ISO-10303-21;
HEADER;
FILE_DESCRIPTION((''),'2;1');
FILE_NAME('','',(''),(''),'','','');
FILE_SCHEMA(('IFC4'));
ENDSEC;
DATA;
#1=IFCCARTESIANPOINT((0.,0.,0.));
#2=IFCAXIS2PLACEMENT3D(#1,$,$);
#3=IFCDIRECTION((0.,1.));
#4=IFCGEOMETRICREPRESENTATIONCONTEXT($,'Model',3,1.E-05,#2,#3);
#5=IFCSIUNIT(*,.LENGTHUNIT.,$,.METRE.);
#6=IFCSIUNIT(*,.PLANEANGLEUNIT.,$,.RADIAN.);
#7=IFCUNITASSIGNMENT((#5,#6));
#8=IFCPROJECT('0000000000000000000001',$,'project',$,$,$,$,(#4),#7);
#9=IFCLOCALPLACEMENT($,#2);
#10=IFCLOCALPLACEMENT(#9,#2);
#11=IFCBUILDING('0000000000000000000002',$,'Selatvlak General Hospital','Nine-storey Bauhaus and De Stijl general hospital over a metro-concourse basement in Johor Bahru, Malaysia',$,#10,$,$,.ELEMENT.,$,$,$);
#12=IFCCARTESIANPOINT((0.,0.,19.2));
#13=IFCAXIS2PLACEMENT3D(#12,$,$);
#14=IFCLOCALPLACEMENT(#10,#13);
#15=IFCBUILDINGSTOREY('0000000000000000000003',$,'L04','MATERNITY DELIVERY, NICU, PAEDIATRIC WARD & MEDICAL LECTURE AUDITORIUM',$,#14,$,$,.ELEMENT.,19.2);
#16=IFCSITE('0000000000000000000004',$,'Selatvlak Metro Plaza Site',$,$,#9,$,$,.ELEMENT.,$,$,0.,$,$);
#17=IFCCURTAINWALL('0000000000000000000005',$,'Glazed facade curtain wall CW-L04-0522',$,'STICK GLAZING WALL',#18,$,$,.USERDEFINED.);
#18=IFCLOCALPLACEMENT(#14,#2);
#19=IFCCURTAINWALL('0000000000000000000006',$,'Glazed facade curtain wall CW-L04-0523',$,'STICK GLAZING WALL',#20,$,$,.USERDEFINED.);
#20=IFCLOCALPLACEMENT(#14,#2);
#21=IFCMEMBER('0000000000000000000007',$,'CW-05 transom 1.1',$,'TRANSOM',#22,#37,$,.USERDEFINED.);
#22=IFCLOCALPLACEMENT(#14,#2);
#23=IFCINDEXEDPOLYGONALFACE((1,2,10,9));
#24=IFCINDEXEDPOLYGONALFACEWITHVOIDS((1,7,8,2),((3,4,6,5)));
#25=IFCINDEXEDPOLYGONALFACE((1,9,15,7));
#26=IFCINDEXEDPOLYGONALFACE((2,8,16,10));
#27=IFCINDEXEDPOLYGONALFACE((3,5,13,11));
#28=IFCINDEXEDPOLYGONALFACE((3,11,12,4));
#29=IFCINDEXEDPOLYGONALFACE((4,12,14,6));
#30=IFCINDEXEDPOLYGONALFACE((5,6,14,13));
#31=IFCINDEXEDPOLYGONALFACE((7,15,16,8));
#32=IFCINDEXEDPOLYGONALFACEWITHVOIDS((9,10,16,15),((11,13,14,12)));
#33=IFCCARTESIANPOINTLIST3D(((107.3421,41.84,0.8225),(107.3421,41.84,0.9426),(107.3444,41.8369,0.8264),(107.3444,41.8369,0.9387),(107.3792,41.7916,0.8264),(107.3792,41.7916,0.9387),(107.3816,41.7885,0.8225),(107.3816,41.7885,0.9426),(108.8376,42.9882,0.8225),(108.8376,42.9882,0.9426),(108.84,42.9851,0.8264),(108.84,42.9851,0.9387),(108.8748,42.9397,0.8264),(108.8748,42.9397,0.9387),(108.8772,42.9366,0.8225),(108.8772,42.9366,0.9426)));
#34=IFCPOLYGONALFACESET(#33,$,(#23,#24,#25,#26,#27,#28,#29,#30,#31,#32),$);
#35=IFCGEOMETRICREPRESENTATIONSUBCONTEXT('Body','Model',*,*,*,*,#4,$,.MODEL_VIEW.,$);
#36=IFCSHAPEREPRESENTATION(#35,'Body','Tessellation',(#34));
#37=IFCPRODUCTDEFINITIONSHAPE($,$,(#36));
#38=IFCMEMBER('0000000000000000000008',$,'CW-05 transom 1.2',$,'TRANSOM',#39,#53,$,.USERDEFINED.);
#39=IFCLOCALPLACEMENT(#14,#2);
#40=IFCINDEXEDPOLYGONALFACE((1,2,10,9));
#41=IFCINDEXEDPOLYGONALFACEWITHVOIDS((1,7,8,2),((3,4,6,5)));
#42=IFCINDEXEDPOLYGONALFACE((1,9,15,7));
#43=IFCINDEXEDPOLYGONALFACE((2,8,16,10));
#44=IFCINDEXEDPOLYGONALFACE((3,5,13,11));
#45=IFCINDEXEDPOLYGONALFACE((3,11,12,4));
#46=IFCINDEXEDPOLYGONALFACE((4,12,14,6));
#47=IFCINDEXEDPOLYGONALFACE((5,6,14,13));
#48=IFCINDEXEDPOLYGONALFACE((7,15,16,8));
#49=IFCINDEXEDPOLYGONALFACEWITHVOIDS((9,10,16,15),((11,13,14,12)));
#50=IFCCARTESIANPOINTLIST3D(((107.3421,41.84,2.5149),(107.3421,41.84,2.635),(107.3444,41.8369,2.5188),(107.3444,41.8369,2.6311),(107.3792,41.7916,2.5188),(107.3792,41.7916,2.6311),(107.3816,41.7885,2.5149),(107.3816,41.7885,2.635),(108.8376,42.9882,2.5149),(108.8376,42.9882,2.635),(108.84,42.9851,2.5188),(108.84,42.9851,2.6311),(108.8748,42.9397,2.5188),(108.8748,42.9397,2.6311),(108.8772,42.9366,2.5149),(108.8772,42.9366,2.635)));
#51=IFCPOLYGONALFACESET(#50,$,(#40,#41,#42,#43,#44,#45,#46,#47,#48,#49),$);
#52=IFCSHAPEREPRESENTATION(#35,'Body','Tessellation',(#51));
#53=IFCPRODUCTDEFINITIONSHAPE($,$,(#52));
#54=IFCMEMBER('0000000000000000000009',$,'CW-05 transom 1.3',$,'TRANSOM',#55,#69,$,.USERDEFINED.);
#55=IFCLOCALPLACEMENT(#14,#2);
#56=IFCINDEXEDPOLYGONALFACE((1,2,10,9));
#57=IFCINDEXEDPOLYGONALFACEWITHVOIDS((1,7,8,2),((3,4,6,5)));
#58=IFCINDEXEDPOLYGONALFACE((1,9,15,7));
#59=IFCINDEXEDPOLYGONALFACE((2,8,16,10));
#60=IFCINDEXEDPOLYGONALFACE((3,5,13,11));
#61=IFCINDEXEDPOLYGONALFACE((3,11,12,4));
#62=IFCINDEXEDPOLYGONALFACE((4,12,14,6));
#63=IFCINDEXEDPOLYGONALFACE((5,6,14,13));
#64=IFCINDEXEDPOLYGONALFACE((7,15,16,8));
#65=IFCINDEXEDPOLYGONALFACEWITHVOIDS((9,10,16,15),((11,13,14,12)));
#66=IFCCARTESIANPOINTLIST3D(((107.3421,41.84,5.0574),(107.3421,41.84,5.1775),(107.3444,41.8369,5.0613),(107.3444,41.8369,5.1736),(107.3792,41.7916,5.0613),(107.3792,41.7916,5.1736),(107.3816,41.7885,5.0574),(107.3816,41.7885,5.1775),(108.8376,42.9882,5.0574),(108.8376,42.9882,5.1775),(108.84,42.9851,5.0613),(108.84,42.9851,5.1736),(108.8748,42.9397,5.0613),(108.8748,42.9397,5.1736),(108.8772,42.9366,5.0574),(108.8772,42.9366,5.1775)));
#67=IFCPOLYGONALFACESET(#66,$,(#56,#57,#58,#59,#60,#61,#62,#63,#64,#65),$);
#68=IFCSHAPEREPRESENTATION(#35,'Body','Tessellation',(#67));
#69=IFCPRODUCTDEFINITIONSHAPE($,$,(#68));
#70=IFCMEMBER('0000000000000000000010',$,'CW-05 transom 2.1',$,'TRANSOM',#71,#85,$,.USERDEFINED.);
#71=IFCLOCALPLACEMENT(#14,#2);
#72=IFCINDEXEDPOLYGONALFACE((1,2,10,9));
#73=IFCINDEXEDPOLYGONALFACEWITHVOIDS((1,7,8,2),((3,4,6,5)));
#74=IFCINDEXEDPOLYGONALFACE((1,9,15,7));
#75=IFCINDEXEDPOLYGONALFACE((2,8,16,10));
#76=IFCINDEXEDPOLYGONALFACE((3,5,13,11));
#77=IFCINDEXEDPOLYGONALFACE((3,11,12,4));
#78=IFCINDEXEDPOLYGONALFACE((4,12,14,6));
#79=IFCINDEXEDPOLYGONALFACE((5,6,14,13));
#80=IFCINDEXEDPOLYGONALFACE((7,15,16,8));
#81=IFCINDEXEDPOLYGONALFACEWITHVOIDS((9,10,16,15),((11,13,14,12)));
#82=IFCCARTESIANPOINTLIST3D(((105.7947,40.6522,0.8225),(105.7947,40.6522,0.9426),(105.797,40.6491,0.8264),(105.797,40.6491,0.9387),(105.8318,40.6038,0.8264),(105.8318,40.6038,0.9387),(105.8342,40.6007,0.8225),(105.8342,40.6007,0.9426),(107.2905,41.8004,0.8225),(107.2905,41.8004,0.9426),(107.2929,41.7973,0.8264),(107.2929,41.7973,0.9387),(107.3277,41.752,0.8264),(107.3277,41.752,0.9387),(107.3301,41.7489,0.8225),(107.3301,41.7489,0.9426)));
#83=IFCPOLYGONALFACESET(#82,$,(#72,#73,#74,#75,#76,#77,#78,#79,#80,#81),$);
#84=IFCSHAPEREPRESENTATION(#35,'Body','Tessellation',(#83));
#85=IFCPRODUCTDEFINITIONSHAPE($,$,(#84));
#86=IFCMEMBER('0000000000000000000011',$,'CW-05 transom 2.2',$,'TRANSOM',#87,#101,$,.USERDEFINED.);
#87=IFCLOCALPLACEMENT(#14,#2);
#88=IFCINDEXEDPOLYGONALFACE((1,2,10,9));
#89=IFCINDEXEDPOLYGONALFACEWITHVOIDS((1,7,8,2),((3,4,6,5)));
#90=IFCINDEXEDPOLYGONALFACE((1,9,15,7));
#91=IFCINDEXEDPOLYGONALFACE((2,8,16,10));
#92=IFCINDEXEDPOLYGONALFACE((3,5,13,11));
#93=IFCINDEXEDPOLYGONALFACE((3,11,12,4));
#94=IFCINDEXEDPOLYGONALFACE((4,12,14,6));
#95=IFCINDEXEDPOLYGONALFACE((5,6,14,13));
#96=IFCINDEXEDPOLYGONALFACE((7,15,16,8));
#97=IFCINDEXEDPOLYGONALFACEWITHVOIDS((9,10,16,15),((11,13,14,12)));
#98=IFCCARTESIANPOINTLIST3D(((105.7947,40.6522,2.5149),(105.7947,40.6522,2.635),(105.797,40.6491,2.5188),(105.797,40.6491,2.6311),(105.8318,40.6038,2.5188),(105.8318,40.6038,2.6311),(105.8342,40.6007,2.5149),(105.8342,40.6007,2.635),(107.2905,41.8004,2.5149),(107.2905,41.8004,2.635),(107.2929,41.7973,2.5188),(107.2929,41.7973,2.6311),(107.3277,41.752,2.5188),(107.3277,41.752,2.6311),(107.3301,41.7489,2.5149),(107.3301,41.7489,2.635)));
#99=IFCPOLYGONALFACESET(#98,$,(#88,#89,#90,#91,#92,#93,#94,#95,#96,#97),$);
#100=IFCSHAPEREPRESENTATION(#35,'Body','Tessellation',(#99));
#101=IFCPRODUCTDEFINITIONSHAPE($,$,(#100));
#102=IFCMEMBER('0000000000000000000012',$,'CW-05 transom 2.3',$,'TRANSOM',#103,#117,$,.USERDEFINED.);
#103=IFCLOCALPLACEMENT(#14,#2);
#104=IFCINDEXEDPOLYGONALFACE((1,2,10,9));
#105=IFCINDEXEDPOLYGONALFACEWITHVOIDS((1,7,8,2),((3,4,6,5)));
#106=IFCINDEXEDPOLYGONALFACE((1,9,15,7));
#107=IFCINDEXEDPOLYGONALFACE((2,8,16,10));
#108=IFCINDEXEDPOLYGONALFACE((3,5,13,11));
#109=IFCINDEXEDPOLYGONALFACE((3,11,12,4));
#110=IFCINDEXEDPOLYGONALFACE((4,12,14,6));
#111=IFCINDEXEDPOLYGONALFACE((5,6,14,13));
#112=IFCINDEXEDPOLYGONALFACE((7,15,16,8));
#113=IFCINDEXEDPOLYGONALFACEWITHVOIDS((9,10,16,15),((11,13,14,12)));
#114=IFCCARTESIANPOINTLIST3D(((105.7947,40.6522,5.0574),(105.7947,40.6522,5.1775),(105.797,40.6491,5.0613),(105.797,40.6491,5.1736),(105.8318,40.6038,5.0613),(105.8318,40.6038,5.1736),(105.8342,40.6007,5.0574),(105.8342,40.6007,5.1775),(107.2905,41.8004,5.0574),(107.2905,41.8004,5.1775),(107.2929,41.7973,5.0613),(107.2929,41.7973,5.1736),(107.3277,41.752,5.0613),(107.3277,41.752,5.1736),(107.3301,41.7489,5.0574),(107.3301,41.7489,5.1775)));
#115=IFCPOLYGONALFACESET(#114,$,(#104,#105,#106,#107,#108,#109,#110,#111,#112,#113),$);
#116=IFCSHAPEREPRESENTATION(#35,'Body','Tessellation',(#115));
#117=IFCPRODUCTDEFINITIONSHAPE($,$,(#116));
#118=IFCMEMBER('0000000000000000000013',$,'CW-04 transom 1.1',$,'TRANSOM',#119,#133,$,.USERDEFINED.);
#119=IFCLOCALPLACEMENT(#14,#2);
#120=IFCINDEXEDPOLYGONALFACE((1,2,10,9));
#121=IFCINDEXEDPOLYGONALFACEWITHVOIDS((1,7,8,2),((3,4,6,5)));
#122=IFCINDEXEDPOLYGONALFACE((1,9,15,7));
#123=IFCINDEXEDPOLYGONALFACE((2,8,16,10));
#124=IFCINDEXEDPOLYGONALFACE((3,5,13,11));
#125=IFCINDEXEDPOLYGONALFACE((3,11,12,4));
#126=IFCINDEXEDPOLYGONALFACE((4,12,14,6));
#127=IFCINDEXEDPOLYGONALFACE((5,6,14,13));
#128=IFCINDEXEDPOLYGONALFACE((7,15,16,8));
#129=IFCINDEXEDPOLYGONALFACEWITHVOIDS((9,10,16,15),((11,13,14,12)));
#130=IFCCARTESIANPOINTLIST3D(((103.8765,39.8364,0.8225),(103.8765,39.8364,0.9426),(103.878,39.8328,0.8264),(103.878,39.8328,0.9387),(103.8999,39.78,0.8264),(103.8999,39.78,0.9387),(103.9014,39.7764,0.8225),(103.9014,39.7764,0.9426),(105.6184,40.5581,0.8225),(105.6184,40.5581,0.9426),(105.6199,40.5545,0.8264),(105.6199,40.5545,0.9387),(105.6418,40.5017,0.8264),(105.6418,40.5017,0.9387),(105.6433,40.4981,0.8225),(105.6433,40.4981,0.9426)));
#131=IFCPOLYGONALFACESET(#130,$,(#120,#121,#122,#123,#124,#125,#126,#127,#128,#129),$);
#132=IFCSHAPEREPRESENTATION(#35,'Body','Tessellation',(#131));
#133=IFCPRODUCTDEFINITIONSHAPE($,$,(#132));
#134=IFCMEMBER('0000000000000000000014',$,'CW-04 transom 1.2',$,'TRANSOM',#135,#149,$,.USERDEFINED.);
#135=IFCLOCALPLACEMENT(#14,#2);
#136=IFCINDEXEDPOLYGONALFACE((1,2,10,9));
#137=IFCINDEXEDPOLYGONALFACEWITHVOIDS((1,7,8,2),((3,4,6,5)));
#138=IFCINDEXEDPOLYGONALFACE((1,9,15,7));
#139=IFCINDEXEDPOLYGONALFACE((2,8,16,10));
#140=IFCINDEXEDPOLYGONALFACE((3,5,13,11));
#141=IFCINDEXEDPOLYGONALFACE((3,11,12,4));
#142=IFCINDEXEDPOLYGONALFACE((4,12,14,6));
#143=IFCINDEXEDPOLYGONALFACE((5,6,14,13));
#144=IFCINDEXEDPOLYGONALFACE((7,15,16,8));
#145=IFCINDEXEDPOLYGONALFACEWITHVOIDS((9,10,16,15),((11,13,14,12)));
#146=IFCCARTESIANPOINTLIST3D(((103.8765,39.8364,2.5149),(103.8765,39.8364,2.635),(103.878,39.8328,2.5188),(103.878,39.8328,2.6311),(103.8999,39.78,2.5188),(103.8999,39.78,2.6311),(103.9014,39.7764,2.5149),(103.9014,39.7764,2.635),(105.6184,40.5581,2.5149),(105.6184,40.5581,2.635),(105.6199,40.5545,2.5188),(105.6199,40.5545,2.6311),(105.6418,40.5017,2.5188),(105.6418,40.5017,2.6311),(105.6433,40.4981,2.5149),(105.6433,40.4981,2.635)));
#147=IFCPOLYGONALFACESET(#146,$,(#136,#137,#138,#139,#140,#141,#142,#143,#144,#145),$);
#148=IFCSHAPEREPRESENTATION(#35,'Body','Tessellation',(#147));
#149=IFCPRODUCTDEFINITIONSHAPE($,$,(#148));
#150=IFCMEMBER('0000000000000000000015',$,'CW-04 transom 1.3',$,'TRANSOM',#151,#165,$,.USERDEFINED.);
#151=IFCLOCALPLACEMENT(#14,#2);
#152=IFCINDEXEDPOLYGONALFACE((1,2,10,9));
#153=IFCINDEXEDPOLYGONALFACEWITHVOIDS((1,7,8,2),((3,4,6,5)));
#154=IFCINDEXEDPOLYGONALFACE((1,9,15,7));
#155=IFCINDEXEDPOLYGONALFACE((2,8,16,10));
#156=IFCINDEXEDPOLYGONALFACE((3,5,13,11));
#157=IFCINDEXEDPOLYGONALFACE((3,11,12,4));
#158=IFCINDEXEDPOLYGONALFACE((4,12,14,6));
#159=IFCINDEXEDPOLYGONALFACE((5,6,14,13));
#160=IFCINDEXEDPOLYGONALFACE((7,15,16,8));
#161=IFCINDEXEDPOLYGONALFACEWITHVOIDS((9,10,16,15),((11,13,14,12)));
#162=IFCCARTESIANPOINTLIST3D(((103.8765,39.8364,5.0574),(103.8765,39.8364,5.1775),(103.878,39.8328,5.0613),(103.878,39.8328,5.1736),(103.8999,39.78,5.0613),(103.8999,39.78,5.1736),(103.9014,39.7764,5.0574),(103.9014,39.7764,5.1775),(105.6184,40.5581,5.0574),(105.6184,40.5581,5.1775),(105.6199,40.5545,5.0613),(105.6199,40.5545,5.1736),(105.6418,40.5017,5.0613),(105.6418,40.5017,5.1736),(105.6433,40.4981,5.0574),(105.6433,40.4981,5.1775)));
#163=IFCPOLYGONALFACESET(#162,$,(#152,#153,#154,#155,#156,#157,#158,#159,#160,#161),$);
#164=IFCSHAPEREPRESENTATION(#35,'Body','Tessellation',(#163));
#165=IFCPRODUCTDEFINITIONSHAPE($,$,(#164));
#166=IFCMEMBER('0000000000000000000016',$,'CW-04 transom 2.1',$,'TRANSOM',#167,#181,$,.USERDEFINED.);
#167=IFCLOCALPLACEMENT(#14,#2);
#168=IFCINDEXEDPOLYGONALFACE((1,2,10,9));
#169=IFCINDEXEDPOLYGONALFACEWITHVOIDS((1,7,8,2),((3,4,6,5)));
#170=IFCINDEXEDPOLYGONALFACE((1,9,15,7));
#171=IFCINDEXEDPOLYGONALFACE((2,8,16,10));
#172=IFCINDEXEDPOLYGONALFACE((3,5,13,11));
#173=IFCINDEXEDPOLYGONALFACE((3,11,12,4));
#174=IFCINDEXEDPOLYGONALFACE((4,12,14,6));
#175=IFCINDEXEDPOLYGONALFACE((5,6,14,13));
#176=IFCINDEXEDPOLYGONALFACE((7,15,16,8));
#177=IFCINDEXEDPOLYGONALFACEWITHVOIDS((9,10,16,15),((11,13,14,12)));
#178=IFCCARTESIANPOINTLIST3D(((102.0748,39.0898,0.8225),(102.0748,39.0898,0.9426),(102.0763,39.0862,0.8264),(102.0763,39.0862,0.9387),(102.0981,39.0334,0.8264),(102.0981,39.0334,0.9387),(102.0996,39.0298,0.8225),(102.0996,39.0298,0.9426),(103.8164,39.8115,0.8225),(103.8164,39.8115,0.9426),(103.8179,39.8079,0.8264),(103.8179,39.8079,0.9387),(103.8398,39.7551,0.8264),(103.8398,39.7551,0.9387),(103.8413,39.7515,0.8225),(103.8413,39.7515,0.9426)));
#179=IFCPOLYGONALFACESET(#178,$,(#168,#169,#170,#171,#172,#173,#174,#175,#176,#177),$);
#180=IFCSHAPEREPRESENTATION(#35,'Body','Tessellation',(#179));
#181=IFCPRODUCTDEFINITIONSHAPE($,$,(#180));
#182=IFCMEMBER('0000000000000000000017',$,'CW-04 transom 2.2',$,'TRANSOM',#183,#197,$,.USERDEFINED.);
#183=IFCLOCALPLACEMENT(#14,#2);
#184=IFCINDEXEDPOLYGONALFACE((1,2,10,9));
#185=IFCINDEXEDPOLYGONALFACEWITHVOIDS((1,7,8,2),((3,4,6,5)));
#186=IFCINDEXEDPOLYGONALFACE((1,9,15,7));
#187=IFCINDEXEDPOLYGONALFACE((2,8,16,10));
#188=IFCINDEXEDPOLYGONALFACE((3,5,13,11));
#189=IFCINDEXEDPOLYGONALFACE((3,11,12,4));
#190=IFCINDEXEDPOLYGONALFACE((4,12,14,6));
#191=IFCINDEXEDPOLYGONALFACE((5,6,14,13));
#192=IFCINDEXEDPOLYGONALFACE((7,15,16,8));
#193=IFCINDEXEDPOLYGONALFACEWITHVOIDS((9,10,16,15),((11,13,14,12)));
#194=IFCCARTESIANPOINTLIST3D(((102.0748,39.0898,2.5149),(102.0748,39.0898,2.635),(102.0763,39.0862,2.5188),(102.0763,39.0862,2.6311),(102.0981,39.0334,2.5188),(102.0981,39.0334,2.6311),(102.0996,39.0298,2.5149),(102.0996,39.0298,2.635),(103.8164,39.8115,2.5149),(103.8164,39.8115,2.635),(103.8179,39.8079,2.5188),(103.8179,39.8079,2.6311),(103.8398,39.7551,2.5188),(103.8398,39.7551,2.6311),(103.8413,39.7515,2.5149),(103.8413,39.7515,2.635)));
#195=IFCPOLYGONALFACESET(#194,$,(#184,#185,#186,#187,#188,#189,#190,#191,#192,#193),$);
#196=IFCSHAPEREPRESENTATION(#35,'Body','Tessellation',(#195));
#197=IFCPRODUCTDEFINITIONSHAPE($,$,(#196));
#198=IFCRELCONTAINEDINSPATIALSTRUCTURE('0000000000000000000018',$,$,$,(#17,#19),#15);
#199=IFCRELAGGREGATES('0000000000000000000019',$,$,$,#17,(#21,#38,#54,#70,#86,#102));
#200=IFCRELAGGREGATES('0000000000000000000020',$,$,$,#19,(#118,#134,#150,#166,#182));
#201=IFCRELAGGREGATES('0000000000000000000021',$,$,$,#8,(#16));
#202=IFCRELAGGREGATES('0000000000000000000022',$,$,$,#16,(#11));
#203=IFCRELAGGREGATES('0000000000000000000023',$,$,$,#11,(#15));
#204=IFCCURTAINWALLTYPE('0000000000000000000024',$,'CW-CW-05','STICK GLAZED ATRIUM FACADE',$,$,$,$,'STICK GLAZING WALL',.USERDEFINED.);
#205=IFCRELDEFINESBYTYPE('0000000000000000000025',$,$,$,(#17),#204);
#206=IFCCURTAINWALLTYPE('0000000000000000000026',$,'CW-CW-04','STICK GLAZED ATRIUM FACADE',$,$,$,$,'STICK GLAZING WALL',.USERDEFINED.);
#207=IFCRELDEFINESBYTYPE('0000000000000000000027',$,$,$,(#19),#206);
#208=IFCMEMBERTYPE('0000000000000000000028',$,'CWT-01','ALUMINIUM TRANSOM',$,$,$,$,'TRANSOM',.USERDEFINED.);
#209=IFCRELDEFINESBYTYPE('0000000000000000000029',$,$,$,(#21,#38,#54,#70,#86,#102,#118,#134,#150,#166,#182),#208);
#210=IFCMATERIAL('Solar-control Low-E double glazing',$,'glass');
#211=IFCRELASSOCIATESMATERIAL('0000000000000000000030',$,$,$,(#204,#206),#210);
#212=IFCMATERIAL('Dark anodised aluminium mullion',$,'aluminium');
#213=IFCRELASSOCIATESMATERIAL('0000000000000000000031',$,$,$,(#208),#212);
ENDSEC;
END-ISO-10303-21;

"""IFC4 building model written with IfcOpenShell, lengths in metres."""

from ifc_helpers import new_model, si_unit, direction, frame, origin, origin_2d, place, context, subcontext, project, spatial, hollow_rectangle, extrude, material, material_profile, profile_set, type_object, element, aggregate, save


model = new_model("IFC4")

# Units and contexts
model_context = context("Model", 3, precision=1e-05, world=origin(), true_north=direction((0.0, 1.0)))
body_context = subcontext(model_context, "Body", "Model", "MODEL_VIEW")
ifc_project = project(units=[si_unit("LENGTHUNIT", "METRE"), si_unit("PLANEANGLEUNIT", "RADIAN")], contexts=[model_context])

# Site, building, storey
site_placement = place(None, origin())
site = spatial("IfcSite", under=ifc_project, at=site_placement, Name="Selatvlak Metro Plaza Site", CompositionType="ELEMENT", RefElevation=0.0)
building_placement = place(site_placement, origin())
building = spatial("IfcBuilding", under=site, at=building_placement, Name="Selatvlak General Hospital", Description="Nine-storey Bauhaus and De Stijl general hospital over a metro-concourse basement in Johor Bahru, Malaysia", CompositionType="ELEMENT")
storey_placement = place(building_placement, frame((0.0, 0.0, 19.2)))
storey = spatial("IfcBuildingStorey", under=building, at=storey_placement, Name="L04", Description="MATERNITY DELIVERY, NICU, PAEDIATRIC WARD & MEDICAL LECTURE AUDITORIUM", CompositionType="ELEMENT", Elevation=19.2)

# Curtain walls
ifc_material_1 = material(Name="Solar-control Low-E double glazing", Category="glass")
curtain_wall_type_1 = type_object("IfcCurtainWallType", Name="CW-CW-05", Description="STICK GLAZED ATRIUM FACADE", ElementType="STICK GLAZING WALL", PredefinedType="USERDEFINED", material=ifc_material_1)
curtain_wall_1_placement = place(storey_placement, origin())
curtain_wall_1 = element("IfcCurtainWall", 1, at=curtain_wall_1_placement, inside=storey, type_object=curtain_wall_type_1, Name="Glazed facade curtain wall CW-L04-0522", ObjectType="STICK GLAZING WALL", PredefinedType="USERDEFINED")
ifc_material_2 = material(Name="Dark anodised aluminium mullion", Category="aluminium")
curtain_wall_type_2 = type_object("IfcCurtainWallType", Name="CW-CW-04", Description="STICK GLAZED ATRIUM FACADE", ElementType="STICK GLAZING WALL", PredefinedType="USERDEFINED", material=ifc_material_1)
curtain_wall_2_placement = place(storey_placement, origin())
curtain_wall_2 = element("IfcCurtainWall", 2, at=curtain_wall_2_placement, inside=storey, type_object=curtain_wall_type_2, Name="Glazed facade curtain wall CW-L04-0523", ObjectType="STICK GLAZING WALL", PredefinedType="USERDEFINED")

# Members
ifc_material_profile_1 = material_profile(ifc_material_2, hollow_rectangle(XDim=0.0649, YDim=0.1201, WallThickness=0.0039, at=origin_2d()), Name="AL-TRN 65x120x4")
ifc_profile_set_1 = profile_set([ifc_material_profile_1], Name="Dark anodised aluminium mullion")
member_type_1 = type_object("IfcMemberType", Name="CWT-01", Description="ALUMINIUM TRANSOM", ElementType="TRANSOM", PredefinedType="USERDEFINED", material=ifc_profile_set_1)
member_1_placement = place(storey_placement, frame((108.8574, 42.9624, 0.8826), z_axis=(-0.793206, -0.608953, 0.0), x_axis=(0.608953, -0.793206, 0.0)))
member_1 = element("IfcMember", 3, at=member_1_placement, type_object=member_type_1, Name="CW-05 transom 1.1", ObjectType="TRANSOM", PredefinedType="USERDEFINED", context=body_context, shape_type="SweptSolid", body=[
    extrude(hollow_rectangle(XDim=0.0649, YDim=0.1201, WallThickness=0.0039, at=origin_2d()), origin(), (0.0, 0.0, 1.0), 1.8855),
])
member_2_placement = place(storey_placement, frame((108.8574, 42.9624, 2.575), z_axis=(-0.793206, -0.608953, 0.0), x_axis=(0.608953, -0.793206, 0.0)))
member_2 = element("IfcMember", 4, at=member_2_placement, type_object=member_type_1, Name="CW-05 transom 1.2", ObjectType="TRANSOM", PredefinedType="USERDEFINED", context=body_context, shape_type="SweptSolid", body=[
    extrude(hollow_rectangle(XDim=0.0649, YDim=0.1201, WallThickness=0.0039, at=origin_2d()), origin(), (0.0, 0.0, 1.0), 1.8855),
])
member_3_placement = place(storey_placement, frame((108.8574, 42.9624, 5.1174), z_axis=(-0.793206, -0.608953, 0.0), x_axis=(0.608953, -0.793206, 0.0)))
member_3 = element("IfcMember", 5, at=member_3_placement, type_object=member_type_1, Name="CW-05 transom 1.3", ObjectType="TRANSOM", PredefinedType="USERDEFINED", context=body_context, shape_type="SweptSolid", body=[
    extrude(hollow_rectangle(XDim=0.0649, YDim=0.1201, WallThickness=0.0039, at=origin_2d()), origin(), (0.0, 0.0, 1.0), 1.8855),
])
member_4_placement = place(storey_placement, frame((107.3103, 41.7747, 0.8826), z_axis=(-0.793254, -0.608891, 0.0), x_axis=(0.608891, -0.793254, 0.0)))
member_4 = element("IfcMember", 6, at=member_4_placement, type_object=member_type_1, Name="CW-05 transom 2.1", ObjectType="TRANSOM", PredefinedType="USERDEFINED", context=body_context, shape_type="SweptSolid", body=[
    extrude(hollow_rectangle(XDim=0.0649, YDim=0.1201, WallThickness=0.0039, at=origin_2d()), origin(), (0.0, 0.0, 1.0), 1.8857),
])
member_5_placement = place(storey_placement, frame((107.3103, 41.7747, 2.575), z_axis=(-0.793254, -0.608891, 0.0), x_axis=(0.608891, -0.793254, 0.0)))
member_5 = element("IfcMember", 7, at=member_5_placement, type_object=member_type_1, Name="CW-05 transom 2.2", ObjectType="TRANSOM", PredefinedType="USERDEFINED", context=body_context, shape_type="SweptSolid", body=[
    extrude(hollow_rectangle(XDim=0.0649, YDim=0.1201, WallThickness=0.0039, at=origin_2d()), origin(), (0.0, 0.0, 1.0), 1.8857),
])
member_6_placement = place(storey_placement, frame((107.3103, 41.7747, 5.1174), z_axis=(-0.793254, -0.608891, 0.0), x_axis=(0.608891, -0.793254, 0.0)))
member_6 = element("IfcMember", 8, at=member_6_placement, type_object=member_type_1, Name="CW-05 transom 2.3", ObjectType="TRANSOM", PredefinedType="USERDEFINED", context=body_context, shape_type="SweptSolid", body=[
    extrude(hollow_rectangle(XDim=0.0649, YDim=0.1201, WallThickness=0.0039, at=origin_2d()), origin(), (0.0, 0.0, 1.0), 1.8857),
])
member_7_placement = place(storey_placement, frame((105.6309, 40.5281, 0.8826), z_axis=(-0.923853, -0.382748, 0.0), x_axis=(0.382748, -0.923853, 0.0)))
member_7 = element("IfcMember", 9, at=member_7_placement, type_object=member_type_1, Name="CW-04 transom 1.1", ObjectType="TRANSOM", PredefinedType="USERDEFINED", context=body_context, shape_type="SweptSolid", body=[
    extrude(hollow_rectangle(XDim=0.0649, YDim=0.1201, WallThickness=0.0039, at=origin_2d()), origin(), (0.0, 0.0, 1.0), 1.8855),
])
member_8_placement = place(storey_placement, frame((105.6309, 40.5281, 2.575), z_axis=(-0.923853, -0.382748, 0.0), x_axis=(0.382748, -0.923853, 0.0)))
member_8 = element("IfcMember", 10, at=member_8_placement, type_object=member_type_1, Name="CW-04 transom 1.2", ObjectType="TRANSOM", PredefinedType="USERDEFINED", context=body_context, shape_type="SweptSolid", body=[
    extrude(hollow_rectangle(XDim=0.0649, YDim=0.1201, WallThickness=0.0039, at=origin_2d()), origin(), (0.0, 0.0, 1.0), 1.8855),
])
member_9_placement = place(storey_placement, frame((105.6309, 40.5281, 5.1174), z_axis=(-0.923853, -0.382748, 0.0), x_axis=(0.382748, -0.923853, 0.0)))
member_9 = element("IfcMember", 11, at=member_9_placement, type_object=member_type_1, Name="CW-04 transom 1.3", ObjectType="TRANSOM", PredefinedType="USERDEFINED", context=body_context, shape_type="SweptSolid", body=[
    extrude(hollow_rectangle(XDim=0.0649, YDim=0.1201, WallThickness=0.0039, at=origin_2d()), origin(), (0.0, 0.0, 1.0), 1.8855),
])
member_10_placement = place(storey_placement, frame((103.8289, 39.7815, 0.8826), z_axis=(-0.923834, -0.382794, 0.0), x_axis=(0.382794, -0.923834, 0.0)))
member_10 = element("IfcMember", 12, at=member_10_placement, type_object=member_type_1, Name="CW-04 transom 2.1", ObjectType="TRANSOM", PredefinedType="USERDEFINED", context=body_context, shape_type="SweptSolid", body=[
    extrude(hollow_rectangle(XDim=0.0649, YDim=0.1201, WallThickness=0.0039, at=origin_2d()), origin(), (0.0, 0.0, 1.0), 1.8853),
])
member_11_placement = place(storey_placement, frame((103.8289, 39.7815, 2.575), z_axis=(-0.923834, -0.382794, 0.0), x_axis=(0.382794, -0.923834, 0.0)))
member_11 = element("IfcMember", 13, at=member_11_placement, type_object=member_type_1, Name="CW-04 transom 2.2", ObjectType="TRANSOM", PredefinedType="USERDEFINED", context=body_context, shape_type="SweptSolid", body=[
    extrude(hollow_rectangle(XDim=0.0649, YDim=0.1201, WallThickness=0.0039, at=origin_2d()), origin(), (0.0, 0.0, 1.0), 1.8853),
])

aggregate(curtain_wall_1, [member_1, member_2, member_3, member_4, member_5, member_6])
aggregate(curtain_wall_2, [member_7, member_8, member_9, member_10, member_11])

save(model, "model.ifc")
